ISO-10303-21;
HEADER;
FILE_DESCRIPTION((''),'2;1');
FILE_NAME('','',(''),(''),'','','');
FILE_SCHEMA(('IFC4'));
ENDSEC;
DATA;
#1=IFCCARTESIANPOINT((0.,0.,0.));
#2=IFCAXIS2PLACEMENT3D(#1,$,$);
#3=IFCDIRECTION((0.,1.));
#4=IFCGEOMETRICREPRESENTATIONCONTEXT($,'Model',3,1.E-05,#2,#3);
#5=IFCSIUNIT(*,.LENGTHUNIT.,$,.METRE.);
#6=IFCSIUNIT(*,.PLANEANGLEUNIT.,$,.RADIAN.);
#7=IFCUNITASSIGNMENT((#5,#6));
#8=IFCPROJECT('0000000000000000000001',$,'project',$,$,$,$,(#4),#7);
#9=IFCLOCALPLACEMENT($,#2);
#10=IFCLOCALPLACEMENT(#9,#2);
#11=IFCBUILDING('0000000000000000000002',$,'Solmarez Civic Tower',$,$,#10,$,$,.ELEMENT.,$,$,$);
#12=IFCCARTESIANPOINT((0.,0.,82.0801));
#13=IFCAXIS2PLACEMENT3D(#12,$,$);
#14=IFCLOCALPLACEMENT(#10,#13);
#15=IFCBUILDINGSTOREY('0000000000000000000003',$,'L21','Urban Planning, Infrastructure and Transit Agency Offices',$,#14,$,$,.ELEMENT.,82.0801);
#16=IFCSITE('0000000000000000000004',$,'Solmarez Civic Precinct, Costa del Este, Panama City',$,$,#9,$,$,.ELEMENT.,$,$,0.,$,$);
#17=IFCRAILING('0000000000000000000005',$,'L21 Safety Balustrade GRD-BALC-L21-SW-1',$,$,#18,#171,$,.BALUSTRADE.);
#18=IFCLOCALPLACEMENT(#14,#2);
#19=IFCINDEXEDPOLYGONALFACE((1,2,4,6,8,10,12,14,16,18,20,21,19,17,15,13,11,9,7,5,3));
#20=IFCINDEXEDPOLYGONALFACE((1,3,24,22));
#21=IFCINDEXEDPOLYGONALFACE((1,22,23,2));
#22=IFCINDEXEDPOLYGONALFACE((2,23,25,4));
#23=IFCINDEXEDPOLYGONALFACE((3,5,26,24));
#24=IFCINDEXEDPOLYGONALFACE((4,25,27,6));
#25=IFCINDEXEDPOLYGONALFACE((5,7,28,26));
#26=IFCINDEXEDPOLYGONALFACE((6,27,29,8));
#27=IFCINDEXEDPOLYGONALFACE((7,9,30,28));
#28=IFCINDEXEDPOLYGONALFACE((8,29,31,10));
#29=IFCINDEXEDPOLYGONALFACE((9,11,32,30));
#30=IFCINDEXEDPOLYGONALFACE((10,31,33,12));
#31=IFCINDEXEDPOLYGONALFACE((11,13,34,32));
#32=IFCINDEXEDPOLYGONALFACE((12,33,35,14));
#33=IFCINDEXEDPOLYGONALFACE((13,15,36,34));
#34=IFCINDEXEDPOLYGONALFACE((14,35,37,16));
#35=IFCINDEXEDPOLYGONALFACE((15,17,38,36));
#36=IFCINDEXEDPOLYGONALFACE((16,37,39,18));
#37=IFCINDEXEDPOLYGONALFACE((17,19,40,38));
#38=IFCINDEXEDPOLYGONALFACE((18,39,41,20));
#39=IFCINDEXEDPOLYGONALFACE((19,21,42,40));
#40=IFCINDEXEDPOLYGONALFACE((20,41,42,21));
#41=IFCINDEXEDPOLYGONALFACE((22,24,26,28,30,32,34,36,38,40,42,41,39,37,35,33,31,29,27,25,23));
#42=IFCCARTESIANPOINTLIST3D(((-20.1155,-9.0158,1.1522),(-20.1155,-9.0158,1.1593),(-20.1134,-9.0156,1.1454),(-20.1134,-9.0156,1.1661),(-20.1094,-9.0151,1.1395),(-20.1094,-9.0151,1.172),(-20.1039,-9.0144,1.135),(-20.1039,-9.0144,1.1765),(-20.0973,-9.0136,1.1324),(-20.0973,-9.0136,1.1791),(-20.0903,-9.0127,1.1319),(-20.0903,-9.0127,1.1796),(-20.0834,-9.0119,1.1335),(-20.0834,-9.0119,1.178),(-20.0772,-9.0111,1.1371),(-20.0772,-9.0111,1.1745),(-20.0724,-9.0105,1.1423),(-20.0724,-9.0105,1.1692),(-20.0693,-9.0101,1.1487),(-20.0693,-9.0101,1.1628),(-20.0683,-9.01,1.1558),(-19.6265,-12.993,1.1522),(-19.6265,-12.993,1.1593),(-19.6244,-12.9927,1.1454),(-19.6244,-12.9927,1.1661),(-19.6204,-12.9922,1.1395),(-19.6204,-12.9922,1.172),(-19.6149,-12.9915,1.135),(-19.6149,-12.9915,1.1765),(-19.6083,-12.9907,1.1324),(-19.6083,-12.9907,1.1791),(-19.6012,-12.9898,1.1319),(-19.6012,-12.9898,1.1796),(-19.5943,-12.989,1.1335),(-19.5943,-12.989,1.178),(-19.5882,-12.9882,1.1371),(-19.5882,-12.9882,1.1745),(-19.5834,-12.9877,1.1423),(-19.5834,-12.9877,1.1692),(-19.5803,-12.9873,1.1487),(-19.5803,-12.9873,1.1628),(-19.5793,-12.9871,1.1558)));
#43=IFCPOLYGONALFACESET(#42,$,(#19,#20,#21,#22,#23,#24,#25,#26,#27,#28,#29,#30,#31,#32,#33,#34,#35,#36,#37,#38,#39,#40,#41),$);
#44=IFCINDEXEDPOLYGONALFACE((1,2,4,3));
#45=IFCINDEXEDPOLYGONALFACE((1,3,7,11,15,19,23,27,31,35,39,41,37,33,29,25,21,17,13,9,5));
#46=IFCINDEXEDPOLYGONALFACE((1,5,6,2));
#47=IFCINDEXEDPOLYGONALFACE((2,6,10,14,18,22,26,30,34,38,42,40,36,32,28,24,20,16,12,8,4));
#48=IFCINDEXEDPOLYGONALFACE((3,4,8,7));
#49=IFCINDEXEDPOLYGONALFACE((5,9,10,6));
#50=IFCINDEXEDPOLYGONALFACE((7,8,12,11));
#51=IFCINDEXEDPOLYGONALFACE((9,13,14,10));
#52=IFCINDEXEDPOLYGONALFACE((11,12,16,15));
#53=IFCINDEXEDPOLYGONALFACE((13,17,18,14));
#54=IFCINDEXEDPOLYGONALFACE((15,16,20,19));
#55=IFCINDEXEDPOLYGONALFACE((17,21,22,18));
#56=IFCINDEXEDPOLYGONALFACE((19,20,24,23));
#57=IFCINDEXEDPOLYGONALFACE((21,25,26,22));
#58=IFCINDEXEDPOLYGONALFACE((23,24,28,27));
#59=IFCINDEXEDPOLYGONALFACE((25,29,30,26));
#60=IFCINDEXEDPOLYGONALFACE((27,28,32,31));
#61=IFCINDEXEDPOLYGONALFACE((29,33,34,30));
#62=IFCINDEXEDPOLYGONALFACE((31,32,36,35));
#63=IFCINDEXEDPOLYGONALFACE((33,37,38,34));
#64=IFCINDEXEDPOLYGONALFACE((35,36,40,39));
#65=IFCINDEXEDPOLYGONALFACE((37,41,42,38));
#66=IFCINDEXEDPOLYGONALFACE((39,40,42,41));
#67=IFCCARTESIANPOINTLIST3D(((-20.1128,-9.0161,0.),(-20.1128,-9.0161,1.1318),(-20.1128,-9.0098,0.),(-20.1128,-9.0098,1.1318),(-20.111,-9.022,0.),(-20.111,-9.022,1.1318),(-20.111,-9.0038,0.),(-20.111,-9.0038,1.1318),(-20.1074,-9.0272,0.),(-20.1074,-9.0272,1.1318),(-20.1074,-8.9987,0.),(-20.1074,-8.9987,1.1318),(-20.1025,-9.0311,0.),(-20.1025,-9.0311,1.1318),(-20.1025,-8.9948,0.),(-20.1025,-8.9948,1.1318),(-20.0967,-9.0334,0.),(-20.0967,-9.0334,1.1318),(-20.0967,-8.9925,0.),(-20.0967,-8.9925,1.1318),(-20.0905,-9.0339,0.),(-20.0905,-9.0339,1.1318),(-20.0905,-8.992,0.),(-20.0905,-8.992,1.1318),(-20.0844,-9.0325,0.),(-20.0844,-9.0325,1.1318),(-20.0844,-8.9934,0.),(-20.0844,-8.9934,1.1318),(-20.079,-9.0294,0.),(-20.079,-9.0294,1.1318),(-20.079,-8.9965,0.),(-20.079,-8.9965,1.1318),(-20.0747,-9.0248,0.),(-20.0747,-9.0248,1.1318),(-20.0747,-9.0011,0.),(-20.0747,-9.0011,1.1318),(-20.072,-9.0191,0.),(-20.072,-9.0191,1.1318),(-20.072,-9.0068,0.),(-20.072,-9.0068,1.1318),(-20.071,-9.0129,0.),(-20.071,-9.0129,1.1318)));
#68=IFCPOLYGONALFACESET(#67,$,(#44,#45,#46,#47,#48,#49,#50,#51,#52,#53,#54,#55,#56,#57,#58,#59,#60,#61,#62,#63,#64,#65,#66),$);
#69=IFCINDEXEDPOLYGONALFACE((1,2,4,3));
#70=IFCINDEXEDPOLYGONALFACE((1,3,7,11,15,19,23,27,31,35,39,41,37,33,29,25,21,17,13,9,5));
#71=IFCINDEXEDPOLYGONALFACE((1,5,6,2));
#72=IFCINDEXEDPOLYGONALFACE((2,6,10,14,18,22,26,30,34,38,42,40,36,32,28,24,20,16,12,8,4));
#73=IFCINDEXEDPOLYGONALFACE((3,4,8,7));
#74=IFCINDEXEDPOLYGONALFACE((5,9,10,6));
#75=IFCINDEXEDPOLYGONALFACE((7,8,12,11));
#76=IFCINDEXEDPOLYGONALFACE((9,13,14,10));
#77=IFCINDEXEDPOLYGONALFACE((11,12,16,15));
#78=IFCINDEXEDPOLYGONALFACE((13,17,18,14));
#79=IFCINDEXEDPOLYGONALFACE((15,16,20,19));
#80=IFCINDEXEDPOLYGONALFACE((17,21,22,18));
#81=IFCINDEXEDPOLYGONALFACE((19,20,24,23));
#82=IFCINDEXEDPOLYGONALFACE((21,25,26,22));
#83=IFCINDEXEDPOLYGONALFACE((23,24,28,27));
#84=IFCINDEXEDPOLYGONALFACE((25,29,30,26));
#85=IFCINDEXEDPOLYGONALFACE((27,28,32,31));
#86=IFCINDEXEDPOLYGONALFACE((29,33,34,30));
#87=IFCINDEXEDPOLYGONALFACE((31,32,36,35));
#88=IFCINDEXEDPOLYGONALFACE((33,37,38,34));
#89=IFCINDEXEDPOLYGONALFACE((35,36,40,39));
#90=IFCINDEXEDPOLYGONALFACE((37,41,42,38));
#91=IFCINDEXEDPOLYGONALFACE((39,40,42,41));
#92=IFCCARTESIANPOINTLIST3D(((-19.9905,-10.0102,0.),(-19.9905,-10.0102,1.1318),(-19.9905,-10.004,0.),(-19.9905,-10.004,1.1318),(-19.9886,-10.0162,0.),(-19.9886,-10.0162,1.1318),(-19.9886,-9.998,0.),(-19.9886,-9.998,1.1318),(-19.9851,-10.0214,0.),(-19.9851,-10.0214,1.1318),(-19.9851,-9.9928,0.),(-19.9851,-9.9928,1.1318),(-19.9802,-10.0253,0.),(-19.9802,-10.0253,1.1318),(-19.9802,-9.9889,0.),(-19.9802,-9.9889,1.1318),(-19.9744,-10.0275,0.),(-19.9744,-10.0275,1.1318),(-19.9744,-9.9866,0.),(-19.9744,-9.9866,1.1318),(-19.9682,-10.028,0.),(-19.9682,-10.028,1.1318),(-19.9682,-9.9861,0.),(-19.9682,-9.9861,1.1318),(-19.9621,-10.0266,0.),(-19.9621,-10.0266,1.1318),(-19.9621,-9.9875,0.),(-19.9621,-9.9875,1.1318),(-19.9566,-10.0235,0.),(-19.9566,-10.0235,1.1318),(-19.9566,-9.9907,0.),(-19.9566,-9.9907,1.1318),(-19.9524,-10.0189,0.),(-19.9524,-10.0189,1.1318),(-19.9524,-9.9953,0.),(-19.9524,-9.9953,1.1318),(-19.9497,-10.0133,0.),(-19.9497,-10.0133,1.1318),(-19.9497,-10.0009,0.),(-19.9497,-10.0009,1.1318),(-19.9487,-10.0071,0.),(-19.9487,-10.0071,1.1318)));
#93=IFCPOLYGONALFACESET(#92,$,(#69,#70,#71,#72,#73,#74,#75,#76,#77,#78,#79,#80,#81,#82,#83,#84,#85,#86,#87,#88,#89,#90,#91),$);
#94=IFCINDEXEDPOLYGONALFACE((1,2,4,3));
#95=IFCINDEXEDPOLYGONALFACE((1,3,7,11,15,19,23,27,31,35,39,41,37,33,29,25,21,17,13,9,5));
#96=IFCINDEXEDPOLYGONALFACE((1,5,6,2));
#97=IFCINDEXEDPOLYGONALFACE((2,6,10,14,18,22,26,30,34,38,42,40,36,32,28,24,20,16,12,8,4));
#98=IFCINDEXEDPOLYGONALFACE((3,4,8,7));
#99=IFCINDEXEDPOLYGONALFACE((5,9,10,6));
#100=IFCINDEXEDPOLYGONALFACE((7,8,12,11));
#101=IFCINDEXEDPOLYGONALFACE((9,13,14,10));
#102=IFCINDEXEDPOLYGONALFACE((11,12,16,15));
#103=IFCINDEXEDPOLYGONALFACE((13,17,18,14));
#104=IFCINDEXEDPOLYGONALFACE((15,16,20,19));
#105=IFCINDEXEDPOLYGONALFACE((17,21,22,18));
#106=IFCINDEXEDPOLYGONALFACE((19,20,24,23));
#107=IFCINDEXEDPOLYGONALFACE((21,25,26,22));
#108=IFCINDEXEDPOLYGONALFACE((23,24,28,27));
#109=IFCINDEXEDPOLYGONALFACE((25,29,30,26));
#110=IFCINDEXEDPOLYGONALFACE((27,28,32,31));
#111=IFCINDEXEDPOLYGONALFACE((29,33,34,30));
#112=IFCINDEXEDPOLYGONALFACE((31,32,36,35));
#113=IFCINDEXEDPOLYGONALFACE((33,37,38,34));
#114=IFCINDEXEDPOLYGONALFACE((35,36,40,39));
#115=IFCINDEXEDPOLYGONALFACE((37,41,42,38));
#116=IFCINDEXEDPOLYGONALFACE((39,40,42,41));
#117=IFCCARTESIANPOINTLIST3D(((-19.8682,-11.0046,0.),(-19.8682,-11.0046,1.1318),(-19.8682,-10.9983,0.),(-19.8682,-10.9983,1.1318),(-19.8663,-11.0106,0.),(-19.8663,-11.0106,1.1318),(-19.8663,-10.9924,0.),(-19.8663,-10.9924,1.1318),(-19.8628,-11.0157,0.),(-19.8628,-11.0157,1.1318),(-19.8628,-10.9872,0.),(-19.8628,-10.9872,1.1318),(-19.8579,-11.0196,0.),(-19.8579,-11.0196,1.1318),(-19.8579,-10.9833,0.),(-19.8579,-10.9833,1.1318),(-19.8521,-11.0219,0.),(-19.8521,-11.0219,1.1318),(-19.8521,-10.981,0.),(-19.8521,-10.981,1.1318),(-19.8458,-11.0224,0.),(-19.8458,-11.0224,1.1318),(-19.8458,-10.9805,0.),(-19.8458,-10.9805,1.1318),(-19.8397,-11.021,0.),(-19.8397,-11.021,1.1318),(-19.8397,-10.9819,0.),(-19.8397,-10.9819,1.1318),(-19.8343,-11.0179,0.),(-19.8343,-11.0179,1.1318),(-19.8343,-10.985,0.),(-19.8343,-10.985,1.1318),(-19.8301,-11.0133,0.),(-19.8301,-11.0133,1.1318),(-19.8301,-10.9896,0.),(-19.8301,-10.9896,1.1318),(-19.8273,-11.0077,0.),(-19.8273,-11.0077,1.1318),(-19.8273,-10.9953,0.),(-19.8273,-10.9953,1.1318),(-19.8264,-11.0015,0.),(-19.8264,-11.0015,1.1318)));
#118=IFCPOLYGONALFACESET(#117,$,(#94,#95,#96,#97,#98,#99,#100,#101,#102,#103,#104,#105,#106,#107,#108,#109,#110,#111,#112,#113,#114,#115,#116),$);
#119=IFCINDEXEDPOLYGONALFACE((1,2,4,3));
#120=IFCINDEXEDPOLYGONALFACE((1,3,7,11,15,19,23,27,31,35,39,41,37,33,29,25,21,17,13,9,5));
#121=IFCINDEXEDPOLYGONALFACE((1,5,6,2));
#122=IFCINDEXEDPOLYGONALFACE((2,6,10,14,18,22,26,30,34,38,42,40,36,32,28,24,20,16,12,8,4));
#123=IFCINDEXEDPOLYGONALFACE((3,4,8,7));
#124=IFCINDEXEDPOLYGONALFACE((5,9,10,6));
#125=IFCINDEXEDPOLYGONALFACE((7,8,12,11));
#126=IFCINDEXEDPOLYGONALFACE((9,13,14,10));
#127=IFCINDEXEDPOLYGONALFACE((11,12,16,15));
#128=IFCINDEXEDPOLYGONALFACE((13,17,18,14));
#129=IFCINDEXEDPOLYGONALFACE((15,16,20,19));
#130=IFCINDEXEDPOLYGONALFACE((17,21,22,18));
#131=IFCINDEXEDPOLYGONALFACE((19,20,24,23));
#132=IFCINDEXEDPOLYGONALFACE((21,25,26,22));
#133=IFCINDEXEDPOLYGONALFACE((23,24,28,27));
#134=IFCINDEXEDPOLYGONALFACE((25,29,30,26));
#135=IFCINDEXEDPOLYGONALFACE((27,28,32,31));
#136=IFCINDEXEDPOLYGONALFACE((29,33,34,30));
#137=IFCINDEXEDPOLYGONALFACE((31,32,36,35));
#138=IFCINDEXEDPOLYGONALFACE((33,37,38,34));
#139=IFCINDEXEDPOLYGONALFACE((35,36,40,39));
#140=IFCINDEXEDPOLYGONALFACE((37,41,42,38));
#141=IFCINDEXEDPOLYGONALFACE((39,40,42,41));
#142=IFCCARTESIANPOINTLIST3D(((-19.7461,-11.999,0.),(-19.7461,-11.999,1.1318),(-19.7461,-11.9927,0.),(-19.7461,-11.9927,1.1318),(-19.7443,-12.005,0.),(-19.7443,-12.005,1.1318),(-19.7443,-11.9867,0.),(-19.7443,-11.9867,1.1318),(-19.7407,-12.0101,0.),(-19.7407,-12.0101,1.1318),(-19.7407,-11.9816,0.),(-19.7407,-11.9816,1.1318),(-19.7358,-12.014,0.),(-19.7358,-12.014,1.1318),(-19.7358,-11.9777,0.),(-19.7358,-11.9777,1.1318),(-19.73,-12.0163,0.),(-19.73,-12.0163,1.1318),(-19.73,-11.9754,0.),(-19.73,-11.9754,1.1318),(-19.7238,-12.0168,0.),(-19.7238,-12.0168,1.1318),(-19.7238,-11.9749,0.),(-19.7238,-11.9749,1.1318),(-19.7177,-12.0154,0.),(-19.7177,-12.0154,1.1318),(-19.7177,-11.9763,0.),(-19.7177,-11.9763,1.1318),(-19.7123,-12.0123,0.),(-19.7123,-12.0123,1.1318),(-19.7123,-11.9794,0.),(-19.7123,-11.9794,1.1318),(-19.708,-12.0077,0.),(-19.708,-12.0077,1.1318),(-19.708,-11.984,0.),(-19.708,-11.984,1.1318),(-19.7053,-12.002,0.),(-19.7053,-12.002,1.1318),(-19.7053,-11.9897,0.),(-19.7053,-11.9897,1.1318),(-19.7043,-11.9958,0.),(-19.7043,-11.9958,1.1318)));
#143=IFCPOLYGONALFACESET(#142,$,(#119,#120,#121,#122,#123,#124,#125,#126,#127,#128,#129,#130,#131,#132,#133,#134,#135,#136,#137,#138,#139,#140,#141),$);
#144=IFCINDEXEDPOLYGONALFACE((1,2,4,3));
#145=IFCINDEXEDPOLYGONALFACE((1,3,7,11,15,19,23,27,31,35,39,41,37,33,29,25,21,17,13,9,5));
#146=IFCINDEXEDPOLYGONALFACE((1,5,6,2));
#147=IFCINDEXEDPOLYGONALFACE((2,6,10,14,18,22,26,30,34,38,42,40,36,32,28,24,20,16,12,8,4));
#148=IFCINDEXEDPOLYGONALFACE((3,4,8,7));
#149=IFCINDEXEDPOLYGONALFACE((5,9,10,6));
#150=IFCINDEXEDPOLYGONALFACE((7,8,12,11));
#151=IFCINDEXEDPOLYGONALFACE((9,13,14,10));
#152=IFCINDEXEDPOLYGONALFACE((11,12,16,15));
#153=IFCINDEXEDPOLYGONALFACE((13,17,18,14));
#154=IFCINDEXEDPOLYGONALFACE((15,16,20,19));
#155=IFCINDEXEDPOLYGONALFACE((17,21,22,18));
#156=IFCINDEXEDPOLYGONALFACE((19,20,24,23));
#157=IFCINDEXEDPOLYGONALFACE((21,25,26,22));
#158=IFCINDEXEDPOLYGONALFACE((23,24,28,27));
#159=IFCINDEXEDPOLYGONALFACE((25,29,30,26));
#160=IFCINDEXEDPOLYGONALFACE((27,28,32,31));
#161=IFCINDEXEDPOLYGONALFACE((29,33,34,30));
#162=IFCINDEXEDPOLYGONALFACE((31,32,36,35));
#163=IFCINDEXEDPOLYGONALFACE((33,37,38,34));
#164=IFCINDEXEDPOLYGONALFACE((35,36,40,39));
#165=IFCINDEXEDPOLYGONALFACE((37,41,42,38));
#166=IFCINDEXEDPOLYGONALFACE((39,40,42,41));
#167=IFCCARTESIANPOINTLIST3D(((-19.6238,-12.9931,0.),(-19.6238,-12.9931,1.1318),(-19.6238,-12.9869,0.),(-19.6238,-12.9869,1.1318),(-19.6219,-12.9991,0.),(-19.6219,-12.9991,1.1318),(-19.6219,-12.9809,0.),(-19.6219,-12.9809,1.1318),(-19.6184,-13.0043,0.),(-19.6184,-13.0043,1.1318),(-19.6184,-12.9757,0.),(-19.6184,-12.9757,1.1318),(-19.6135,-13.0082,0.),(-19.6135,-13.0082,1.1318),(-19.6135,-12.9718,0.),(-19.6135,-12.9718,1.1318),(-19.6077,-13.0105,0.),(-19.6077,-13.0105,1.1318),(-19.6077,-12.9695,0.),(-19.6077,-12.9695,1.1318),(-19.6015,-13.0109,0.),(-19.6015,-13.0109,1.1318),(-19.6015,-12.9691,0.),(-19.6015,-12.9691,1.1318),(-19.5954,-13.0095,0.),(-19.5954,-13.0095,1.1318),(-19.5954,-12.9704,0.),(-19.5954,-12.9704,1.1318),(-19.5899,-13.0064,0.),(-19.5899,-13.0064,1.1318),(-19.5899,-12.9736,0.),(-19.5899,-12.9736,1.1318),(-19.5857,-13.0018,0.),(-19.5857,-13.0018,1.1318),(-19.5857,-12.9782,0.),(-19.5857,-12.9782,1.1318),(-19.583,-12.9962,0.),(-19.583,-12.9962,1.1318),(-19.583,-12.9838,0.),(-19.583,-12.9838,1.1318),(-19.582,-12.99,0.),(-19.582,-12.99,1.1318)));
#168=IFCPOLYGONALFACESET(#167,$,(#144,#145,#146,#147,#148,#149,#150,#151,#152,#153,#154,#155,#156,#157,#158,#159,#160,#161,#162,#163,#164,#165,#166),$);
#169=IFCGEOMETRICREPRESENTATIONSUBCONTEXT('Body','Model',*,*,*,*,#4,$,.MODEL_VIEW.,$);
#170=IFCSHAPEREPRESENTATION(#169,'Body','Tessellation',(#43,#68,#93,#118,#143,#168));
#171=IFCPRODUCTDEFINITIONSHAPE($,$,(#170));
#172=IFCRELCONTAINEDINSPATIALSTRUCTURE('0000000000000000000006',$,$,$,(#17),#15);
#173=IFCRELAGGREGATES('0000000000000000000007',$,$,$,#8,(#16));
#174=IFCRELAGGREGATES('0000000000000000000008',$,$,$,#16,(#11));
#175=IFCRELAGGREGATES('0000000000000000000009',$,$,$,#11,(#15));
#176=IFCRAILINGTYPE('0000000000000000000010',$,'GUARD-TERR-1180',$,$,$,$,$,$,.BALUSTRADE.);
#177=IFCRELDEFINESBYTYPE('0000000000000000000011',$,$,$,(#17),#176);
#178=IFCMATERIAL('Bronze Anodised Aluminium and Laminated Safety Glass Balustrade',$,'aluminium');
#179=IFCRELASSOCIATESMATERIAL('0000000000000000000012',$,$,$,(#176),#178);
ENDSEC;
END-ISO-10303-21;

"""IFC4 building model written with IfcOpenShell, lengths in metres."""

from ifc_helpers import new_model, si_unit, direction, frame, origin, origin_2d, place, context, subcontext, project, spatial, circle, extrude, material, type_object, element, save


model = new_model("IFC4")

# Units and contexts
model_context = context("Model", 3, precision=1e-05, world=origin(), true_north=direction((0.0, 1.0)))
body_context = subcontext(model_context, "Body", "Model", "MODEL_VIEW")
ifc_project = project(units=[si_unit("LENGTHUNIT", "METRE"), si_unit("PLANEANGLEUNIT", "RADIAN")], contexts=[model_context])

# Site, building, storey
site_placement = place(None, origin())
site = spatial("IfcSite", under=ifc_project, at=site_placement, Name="Solmarez Civic Precinct, Costa del Este, Panama City", CompositionType="ELEMENT", RefElevation=0.0)
building_placement = place(site_placement, origin())
building = spatial("IfcBuilding", under=site, at=building_placement, Name="Solmarez Civic Tower", CompositionType="ELEMENT")
storey_placement = place(building_placement, frame((0.0, 0.0, 82.0801)))
storey = spatial("IfcBuildingStorey", under=building, at=storey_placement, Name="L21", Description="Urban Planning, Infrastructure and Transit Agency Offices", CompositionType="ELEMENT", Elevation=82.0801)

# Railing
ifc_material_1 = material(Name="Bronze Anodised Aluminium and Laminated Safety Glass Balustrade", Category="aluminium")
railing_type = type_object("IfcRailingType", Name="GUARD-TERR-1180", PredefinedType="BALUSTRADE", material=ifc_material_1)
railing_1_placement = place(storey_placement, frame((-20.092, -9.0129, 0.0)))
element("IfcRailing", 1, at=railing_1_placement, inside=storey, type_object=railing_type, Name="L21 Safety Balustrade GRD-BALC-L21-SW-1", PredefinedType="BALUSTRADE", context=body_context, shape_type="SweptSolid", body=[
    extrude(circle(Radius=0.0239, at=origin_2d()), frame((0.0, 0.0, 1.1558), z_axis=(0.12204, -0.992525, 0.0), x_axis=(0.992525, 0.12204, 0.0)), (0.0, 0.0, 1.0), 4.0071),
    extrude(circle(Radius=0.021, at=origin_2d()), origin(), (0.0, 0.0, 1.0), 1.1318),
    extrude(circle(Radius=0.021, at=origin_2d()), frame((0.1223, -0.9941, 0.0)), (0.0, 0.0, 1.0), 1.1318),
    extrude(circle(Radius=0.021, at=origin_2d()), frame((0.2446, -1.9885, 0.0)), (0.0, 0.0, 1.0), 1.1318),
    extrude(circle(Radius=0.021, at=origin_2d()), frame((0.3667, -2.9829, 0.0)), (0.0, 0.0, 1.0), 1.1318),
    extrude(circle(Radius=0.021, at=origin_2d()), frame((0.489, -3.9771, 0.0)), (0.0, 0.0, 1.0), 1.1318),
])

save(model, "model.ifc")
